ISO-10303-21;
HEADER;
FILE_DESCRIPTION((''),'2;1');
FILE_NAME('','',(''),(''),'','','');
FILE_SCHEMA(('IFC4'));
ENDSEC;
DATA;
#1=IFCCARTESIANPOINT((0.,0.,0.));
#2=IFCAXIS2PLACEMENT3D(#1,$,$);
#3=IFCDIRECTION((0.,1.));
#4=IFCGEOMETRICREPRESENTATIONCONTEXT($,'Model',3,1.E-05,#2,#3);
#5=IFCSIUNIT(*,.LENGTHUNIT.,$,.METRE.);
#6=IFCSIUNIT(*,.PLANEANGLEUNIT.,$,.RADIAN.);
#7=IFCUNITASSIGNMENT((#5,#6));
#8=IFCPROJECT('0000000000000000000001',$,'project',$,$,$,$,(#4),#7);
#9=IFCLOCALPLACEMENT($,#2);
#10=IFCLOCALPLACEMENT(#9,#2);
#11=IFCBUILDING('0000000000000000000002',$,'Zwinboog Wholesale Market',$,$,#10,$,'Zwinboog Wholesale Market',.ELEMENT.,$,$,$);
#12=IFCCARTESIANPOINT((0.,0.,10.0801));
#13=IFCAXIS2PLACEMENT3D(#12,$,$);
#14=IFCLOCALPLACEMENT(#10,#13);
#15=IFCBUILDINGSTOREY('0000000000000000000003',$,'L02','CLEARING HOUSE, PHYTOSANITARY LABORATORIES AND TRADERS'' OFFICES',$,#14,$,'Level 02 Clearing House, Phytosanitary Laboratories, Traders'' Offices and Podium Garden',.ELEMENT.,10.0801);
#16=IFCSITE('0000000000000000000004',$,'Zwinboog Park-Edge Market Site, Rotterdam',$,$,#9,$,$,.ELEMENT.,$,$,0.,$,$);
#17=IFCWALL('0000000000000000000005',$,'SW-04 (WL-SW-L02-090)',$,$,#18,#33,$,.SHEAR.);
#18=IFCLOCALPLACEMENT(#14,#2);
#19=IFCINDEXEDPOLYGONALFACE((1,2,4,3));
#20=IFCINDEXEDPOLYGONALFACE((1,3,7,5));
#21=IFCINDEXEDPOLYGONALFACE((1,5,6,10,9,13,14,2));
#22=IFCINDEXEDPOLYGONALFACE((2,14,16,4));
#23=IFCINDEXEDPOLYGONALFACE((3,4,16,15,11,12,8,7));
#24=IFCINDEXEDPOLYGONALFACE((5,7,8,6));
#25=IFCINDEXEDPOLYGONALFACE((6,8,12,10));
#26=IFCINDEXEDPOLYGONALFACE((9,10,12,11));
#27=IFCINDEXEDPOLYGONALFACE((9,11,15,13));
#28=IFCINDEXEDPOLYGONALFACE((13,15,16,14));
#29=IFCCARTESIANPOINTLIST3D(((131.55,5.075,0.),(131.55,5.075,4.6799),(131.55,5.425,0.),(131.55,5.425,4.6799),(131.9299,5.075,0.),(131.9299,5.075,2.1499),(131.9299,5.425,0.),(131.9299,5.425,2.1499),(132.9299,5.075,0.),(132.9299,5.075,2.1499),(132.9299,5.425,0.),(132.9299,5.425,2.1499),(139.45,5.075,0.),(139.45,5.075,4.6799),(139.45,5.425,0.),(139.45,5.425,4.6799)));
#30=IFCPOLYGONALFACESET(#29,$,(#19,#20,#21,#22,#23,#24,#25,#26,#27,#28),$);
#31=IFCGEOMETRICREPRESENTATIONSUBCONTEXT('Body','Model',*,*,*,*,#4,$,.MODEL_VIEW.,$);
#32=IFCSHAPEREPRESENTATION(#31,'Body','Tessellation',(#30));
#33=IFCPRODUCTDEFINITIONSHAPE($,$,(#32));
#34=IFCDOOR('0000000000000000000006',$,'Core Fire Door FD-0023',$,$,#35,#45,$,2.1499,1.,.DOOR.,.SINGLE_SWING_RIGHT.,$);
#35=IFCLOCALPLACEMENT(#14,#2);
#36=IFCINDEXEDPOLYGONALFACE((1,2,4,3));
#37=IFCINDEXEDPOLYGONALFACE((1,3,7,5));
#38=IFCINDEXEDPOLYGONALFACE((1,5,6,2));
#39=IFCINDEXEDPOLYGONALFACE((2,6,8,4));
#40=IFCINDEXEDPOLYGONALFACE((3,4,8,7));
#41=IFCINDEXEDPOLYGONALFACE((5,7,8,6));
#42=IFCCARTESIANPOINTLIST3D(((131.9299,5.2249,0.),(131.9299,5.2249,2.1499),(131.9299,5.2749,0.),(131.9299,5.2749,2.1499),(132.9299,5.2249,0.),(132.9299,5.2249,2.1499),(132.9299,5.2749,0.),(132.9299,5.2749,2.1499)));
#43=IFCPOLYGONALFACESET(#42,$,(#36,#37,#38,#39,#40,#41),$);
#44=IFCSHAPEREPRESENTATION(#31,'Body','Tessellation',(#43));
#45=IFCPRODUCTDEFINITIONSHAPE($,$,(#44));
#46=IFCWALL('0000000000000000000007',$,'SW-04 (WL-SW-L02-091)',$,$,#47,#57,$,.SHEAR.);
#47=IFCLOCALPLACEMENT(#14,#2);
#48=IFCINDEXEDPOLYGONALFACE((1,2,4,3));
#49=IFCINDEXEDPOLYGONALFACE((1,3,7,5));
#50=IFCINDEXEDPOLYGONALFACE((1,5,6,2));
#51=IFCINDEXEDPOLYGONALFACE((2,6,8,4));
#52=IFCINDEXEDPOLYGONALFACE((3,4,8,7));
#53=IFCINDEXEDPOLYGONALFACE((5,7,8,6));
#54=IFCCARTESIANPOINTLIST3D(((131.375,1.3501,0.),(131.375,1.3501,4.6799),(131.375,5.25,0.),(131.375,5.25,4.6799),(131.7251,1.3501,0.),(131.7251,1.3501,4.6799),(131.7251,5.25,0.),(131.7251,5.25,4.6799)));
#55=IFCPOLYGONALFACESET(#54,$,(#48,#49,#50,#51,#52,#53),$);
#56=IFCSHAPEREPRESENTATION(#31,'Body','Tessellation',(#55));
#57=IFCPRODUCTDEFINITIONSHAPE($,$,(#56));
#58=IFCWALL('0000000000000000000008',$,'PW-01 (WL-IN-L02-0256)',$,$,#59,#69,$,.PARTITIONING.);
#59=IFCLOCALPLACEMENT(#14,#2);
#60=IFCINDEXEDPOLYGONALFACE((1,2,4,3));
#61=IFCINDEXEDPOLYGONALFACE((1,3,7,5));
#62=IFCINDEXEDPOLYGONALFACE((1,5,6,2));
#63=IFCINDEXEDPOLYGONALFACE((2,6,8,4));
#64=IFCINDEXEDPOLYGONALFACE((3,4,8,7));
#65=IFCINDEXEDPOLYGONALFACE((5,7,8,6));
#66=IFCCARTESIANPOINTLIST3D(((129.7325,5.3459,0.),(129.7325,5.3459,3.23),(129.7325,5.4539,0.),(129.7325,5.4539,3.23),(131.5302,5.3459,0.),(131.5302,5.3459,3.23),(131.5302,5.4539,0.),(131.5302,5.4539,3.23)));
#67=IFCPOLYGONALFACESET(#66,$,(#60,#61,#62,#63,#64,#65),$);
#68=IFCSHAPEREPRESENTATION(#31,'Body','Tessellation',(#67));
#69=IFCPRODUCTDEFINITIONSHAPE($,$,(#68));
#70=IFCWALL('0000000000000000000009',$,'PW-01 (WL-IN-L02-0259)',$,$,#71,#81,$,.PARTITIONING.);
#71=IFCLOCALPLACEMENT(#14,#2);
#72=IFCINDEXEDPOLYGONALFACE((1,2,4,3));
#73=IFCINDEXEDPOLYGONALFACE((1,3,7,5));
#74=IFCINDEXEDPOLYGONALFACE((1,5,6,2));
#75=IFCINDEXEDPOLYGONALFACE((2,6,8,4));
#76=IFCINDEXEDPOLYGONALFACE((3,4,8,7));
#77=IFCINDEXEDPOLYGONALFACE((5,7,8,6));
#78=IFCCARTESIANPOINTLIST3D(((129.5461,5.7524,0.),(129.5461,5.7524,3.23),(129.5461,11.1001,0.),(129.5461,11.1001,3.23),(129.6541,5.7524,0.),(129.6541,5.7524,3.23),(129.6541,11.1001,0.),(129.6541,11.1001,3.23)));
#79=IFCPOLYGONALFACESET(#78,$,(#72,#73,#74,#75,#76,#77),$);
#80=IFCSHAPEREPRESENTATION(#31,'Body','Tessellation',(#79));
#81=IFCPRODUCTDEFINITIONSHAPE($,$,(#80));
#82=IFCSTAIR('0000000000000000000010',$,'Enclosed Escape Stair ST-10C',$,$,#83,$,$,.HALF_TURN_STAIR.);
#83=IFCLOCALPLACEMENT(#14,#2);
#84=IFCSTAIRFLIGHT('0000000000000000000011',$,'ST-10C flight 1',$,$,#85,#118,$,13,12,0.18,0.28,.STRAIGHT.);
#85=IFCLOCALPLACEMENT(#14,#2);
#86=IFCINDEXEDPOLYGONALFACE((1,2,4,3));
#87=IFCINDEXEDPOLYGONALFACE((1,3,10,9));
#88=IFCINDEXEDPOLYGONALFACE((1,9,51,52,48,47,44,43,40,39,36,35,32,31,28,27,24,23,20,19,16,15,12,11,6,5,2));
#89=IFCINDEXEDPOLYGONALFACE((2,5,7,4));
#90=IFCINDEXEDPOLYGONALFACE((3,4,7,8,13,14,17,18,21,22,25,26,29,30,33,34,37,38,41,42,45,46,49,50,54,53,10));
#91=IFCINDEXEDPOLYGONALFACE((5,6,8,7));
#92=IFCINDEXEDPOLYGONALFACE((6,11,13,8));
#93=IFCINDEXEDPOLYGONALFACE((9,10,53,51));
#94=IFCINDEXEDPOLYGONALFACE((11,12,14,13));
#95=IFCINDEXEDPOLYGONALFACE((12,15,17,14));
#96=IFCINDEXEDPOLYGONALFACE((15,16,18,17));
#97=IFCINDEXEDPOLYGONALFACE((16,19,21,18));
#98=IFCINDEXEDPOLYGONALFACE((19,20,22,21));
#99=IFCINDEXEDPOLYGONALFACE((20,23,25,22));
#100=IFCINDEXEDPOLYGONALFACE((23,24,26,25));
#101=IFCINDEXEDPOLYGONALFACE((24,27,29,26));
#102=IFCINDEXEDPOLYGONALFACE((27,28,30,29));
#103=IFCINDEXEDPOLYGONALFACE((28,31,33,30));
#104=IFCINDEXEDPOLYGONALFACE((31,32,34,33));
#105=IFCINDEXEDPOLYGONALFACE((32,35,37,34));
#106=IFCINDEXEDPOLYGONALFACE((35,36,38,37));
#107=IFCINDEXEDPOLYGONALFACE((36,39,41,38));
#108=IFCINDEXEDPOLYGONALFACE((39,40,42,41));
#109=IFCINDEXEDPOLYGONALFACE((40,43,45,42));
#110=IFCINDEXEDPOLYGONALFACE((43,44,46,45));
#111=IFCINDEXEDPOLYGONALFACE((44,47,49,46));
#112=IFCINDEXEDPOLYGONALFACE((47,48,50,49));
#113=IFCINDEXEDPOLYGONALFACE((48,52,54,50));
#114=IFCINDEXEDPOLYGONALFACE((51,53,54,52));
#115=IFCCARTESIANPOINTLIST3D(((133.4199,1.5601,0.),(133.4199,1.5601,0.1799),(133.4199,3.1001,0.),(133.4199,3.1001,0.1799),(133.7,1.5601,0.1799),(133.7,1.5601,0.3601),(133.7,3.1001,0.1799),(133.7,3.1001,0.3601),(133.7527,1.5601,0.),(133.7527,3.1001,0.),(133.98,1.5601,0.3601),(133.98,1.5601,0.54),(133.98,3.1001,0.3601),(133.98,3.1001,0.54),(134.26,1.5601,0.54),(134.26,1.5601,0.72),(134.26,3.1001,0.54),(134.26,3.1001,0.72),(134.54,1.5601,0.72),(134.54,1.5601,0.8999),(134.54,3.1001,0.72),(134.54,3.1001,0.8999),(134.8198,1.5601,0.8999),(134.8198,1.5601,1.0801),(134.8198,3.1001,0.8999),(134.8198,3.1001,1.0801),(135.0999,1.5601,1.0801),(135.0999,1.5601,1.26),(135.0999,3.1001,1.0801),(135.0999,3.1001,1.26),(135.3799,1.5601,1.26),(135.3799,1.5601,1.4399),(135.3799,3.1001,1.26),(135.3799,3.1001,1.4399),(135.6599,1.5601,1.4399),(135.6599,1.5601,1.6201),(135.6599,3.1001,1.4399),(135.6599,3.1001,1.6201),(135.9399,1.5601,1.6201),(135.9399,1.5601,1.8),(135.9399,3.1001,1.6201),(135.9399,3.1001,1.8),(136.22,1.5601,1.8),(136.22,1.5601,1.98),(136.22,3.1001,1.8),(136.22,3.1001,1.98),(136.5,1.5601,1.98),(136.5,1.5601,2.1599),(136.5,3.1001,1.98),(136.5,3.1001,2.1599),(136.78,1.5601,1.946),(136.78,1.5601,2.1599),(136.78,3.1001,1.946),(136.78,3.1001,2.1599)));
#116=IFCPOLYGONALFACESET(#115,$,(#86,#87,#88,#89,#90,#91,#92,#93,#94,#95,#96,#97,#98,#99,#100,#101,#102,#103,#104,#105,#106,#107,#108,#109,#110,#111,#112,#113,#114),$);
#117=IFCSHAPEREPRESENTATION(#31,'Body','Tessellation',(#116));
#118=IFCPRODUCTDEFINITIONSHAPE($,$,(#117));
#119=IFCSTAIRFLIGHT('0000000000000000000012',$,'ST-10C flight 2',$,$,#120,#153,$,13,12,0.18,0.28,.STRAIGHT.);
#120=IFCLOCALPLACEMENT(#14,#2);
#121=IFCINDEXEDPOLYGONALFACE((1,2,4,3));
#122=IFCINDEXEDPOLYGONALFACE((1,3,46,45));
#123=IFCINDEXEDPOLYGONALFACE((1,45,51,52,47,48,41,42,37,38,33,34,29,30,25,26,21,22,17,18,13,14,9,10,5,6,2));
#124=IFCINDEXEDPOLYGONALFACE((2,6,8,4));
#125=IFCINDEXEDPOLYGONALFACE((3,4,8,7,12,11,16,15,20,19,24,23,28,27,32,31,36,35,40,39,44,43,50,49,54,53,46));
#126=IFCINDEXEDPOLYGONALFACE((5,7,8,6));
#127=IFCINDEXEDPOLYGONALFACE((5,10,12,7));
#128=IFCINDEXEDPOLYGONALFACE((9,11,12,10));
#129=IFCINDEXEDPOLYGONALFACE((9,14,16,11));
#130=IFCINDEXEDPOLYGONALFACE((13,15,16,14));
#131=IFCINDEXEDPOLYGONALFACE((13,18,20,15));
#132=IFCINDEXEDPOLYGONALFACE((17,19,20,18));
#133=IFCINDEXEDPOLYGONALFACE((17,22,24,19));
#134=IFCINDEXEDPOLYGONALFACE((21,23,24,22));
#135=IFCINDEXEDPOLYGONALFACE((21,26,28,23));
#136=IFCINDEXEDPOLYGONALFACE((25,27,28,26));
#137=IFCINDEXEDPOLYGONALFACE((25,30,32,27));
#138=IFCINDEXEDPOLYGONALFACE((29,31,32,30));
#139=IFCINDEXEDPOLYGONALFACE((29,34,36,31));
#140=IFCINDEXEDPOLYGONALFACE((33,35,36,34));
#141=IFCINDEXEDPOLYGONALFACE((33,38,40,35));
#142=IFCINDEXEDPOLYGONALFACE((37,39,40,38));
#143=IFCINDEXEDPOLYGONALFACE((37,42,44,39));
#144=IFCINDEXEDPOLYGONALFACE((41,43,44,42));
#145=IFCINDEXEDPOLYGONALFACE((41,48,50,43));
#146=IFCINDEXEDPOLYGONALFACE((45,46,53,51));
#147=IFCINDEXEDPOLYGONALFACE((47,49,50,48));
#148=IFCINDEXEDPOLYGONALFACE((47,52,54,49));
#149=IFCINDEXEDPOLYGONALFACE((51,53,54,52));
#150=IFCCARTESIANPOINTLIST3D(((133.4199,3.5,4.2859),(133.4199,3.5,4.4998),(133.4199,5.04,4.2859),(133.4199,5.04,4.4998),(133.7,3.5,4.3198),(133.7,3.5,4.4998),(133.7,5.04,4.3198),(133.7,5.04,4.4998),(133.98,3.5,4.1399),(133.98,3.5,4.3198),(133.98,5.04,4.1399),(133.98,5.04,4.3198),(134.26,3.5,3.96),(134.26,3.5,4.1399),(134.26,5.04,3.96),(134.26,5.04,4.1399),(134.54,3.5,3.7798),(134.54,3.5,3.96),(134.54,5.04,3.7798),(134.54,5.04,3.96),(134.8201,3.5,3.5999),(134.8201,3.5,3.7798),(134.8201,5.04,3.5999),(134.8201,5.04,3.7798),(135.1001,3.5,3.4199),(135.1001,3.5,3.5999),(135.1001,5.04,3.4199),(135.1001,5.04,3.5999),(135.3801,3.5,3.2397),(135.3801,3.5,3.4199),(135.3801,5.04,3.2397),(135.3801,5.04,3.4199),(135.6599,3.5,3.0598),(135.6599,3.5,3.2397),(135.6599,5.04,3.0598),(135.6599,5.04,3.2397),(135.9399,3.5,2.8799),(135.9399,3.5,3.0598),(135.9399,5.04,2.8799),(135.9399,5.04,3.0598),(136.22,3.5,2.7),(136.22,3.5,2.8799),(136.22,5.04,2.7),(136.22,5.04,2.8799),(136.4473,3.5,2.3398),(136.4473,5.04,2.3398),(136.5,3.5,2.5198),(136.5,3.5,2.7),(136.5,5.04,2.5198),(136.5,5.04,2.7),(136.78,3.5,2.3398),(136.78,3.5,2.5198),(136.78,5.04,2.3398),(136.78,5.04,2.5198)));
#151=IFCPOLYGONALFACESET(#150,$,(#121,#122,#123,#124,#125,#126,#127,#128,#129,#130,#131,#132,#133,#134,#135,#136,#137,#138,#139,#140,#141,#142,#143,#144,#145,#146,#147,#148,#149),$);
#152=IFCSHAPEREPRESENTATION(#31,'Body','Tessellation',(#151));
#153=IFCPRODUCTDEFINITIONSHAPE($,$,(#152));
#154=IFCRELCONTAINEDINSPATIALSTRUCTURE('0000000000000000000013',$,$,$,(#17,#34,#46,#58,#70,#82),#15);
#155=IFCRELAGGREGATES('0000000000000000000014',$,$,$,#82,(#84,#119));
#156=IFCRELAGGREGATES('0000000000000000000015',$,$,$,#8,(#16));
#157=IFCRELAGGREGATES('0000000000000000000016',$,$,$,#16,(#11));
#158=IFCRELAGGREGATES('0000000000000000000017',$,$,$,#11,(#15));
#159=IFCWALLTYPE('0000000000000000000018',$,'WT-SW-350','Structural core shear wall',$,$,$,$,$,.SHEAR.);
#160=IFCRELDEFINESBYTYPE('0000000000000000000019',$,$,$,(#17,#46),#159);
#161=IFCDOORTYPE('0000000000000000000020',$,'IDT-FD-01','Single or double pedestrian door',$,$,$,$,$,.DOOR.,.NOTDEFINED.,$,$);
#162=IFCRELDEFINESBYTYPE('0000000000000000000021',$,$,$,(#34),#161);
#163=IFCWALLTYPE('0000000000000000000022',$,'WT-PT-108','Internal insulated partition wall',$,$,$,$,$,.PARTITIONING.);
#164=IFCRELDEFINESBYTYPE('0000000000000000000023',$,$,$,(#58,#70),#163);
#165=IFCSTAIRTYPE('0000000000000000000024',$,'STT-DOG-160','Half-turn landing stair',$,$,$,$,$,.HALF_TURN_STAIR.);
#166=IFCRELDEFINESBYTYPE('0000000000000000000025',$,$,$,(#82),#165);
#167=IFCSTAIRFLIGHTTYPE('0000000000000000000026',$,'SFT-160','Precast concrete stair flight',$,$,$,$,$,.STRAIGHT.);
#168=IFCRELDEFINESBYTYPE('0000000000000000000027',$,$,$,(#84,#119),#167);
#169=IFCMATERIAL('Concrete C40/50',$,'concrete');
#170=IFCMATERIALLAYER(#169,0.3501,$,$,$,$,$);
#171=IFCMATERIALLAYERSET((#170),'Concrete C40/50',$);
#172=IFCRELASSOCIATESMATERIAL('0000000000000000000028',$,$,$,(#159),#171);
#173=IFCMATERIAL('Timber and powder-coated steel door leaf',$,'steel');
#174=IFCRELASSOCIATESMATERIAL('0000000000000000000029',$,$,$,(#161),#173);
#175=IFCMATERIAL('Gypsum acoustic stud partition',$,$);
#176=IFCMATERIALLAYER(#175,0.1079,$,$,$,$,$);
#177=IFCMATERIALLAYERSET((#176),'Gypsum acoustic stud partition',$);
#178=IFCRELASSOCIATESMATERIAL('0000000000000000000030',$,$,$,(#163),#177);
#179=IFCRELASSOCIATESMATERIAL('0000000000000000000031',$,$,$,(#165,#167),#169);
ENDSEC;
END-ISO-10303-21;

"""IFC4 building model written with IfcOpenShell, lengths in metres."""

from ifc_helpers import new_model, si_unit, direction, frame, frame_2d, origin, place, context, subcontext, project, spatial, polyline, rectangle, outline, extrude, material, layer, layer_set, type_object, element, fill, aggregate, save


model = new_model("IFC4")

# Units and contexts
model_context = context("Model", 3, precision=1e-05, world=origin(), true_north=direction((0.0, 1.0)))
body_context = subcontext(model_context, "Body", "Model", "MODEL_VIEW")
ifc_project = project(units=[si_unit("LENGTHUNIT", "METRE"), si_unit("PLANEANGLEUNIT", "RADIAN")], contexts=[model_context])

# Site, building, storey
site_placement = place(None, origin())
site = spatial("IfcSite", under=ifc_project, at=site_placement, Name="Zwinboog Park-Edge Market Site, Rotterdam", CompositionType="ELEMENT", RefElevation=0.0)
building_placement = place(site_placement, origin())
building = spatial("IfcBuilding", under=site, at=building_placement, Name="Zwinboog Wholesale Market", LongName="Zwinboog Wholesale Market", CompositionType="ELEMENT")
storey_placement = place(building_placement, frame((0.0, 0.0, 10.0801)))
storey = spatial("IfcBuildingStorey", under=building, at=storey_placement, Name="L02", Description="CLEARING HOUSE, PHYTOSANITARY LABORATORIES AND TRADERS' OFFICES", LongName="Level 02 Clearing House, Phytosanitary Laboratories, Traders' Offices and Podium Garden", CompositionType="ELEMENT", Elevation=10.0801)

# Shared definitions
ifc_material_1 = material(Name="Concrete C40/50", Category="concrete")
ifc_layer_1 = layer(ifc_material_1, 0.3501)
ifc_layer_set_1 = layer_set([ifc_layer_1], Name="Concrete C40/50")
wall_type_1 = type_object("IfcWallType", Name="WT-SW-350", Description="Structural core shear wall", PredefinedType="SHEAR", material=ifc_layer_set_1)

# Wall, opening, door
wall_1_placement = place(storey_placement, frame((131.55, 5.25, 0.0), z_axis=(0.0, 0.0, 1.0), x_axis=(1.0, 0.0, 0.0)))
wall_1 = element("IfcWall", 1, at=wall_1_placement, inside=storey, type_object=wall_type_1, Name="SW-04 (WL-SW-L02-090)", PredefinedType="SHEAR", context=body_context, shape_type="SweptSolid", body=[
    extrude(rectangle(XDim=7.8999, YDim=0.3501, at=frame_2d((3.95, 0.0))), origin(), (0.0, 0.0, 1.0), 4.6799),
])
opening_1_placement = place(wall_1_placement, frame((0.3799, 0.0, 0.0)))
opening_1 = element("IfcOpeningElement", 2, at=opening_1_placement, cuts=wall_1, PredefinedType="OPENING", context=body_context, shape_type="SweptSolid", body=[
    extrude(rectangle(XDim=1.0, YDim=2.1499, at=frame_2d((0.5, 1.075))), frame((0.0, 0.1851, 0.0), z_axis=(0.0, -1.0, 0.0), x_axis=(1.0, 0.0, 0.0)), (0.0, 0.0, 1.0), 0.3701),
])
ifc_material_2 = material(Name="Timber and powder-coated steel door leaf", Category="steel")
door_type = type_object("IfcDoorType", Name="IDT-FD-01", Description="Single or double pedestrian door", OperationType="NOTDEFINED", PredefinedType="DOOR", material=ifc_material_2)
door_placement = place(opening_1_placement, origin())
door = element("IfcDoor", 3, at=door_placement, inside=storey, type_object=door_type, Name="Core Fire Door FD-0023", OperationType="SINGLE_SWING_RIGHT", OverallHeight=2.1499, OverallWidth=1.0, PredefinedType="DOOR", context=body_context, shape_type="SweptSolid", body=[
    extrude(rectangle(XDim=1.0, YDim=2.1499, at=frame_2d((0.5, 1.075))), frame((0.0, 0.0249, 0.0), z_axis=(0.0, -1.0, 0.0), x_axis=(1.0, 0.0, 0.0)), (0.0, 0.0, 1.0), 0.05),
])
fill(opening_1, door)

# Walls
wall_2_placement = place(storey_placement, frame((131.55, 1.3501, 0.0), z_axis=(0.0, 0.0, 1.0), x_axis=(0.0, 1.0, 0.0)))
element("IfcWall", 4, at=wall_2_placement, inside=storey, type_object=wall_type_1, Name="SW-04 (WL-SW-L02-091)", PredefinedType="SHEAR", context=body_context, shape_type="SweptSolid", body=[
    extrude(rectangle(XDim=3.8999, YDim=0.3501, at=frame_2d((1.95, 0.0))), origin(), (0.0, 0.0, 1.0), 4.6799),
])
ifc_material_3 = material(Name="Gypsum acoustic stud partition")
ifc_layer_2 = layer(ifc_material_3, 0.1079)
ifc_layer_set_2 = layer_set([ifc_layer_2], Name="Gypsum acoustic stud partition")
wall_type_2 = type_object("IfcWallType", Name="WT-PT-108", Description="Internal insulated partition wall", PredefinedType="PARTITIONING", material=ifc_layer_set_2)
wall_3_placement = place(storey_placement, frame((129.7324, 5.3999, 0.0), z_axis=(0.0, 0.0, 1.0), x_axis=(1.0, 0.0, 0.0)))
element("IfcWall", 5, at=wall_3_placement, inside=storey, type_object=wall_type_2, Name="PW-01 (WL-IN-L02-0256)", PredefinedType="PARTITIONING", context=body_context, shape_type="SweptSolid", body=[
    extrude(rectangle(XDim=1.7976, YDim=0.1079, at=frame_2d((0.8989, 0.0))), origin(), (0.0, 0.0, 1.0), 3.23),
])
wall_4_placement = place(storey_placement, frame((129.6001, 5.7524, 0.0), z_axis=(0.0, 0.0, 1.0), x_axis=(0.0, 1.0, 0.0)))
element("IfcWall", 6, at=wall_4_placement, inside=storey, type_object=wall_type_2, Name="PW-01 (WL-IN-L02-0259)", PredefinedType="PARTITIONING", context=body_context, shape_type="SweptSolid", body=[
    extrude(rectangle(XDim=5.3477, YDim=0.1079, at=frame_2d((2.6738, 0.0))), origin(), (0.0, 0.0, 1.0), 3.23),
])

# Stair, stair flights
stair_type = type_object("IfcStairType", Name="STT-DOG-160", Description="Half-turn landing stair", PredefinedType="HALF_TURN_STAIR", material=ifc_material_1)
stair_placement = place(storey_placement, origin())
stair = element("IfcStair", 7, at=stair_placement, inside=storey, type_object=stair_type, Name="Enclosed Escape Stair ST-10C", PredefinedType="HALF_TURN_STAIR")
stair_flight_type = type_object("IfcStairFlightType", Name="SFT-160", Description="Precast concrete stair flight", PredefinedType="STRAIGHT", material=ifc_material_1)
stair_flight_1_placement = place(storey_placement, frame((133.4199, 2.3301, 0.0), z_axis=(0.0, 0.0, 1.0), x_axis=(1.0, 0.0, 0.0)))
stair_flight_1 = element("IfcStairFlight", 8, at=stair_flight_1_placement, type_object=stair_flight_type, Name="ST-10C flight 1", NumberOfRisers=13, NumberOfTreads=12, PredefinedType="STRAIGHT", RiserHeight=0.18, TreadLength=0.28, context=body_context, shape_type="SweptSolid", body=[
    extrude(outline(polyline([(0.0, 0.0), (0.0, 0.1799), (0.28, 0.1799), (0.28, 0.3601), (0.5601, 0.3601), (0.5601, 0.54), (0.8401, 0.54), (0.8401, 0.72), (1.1201, 0.72), (1.1201, 0.8999), (1.3999, 0.8999), (1.3999, 1.0801), (1.6799, 1.0801), (1.6799, 1.26), (1.96, 1.26), (1.96, 1.4399), (2.24, 1.4399), (2.24, 1.6201), (2.52, 1.6201), (2.52, 1.8), (2.8, 1.8), (2.8, 1.98), (3.0801, 1.98), (3.0801, 2.1599), (3.3601, 2.1599), (3.3601, 2.3401), (3.3601, 1.946), (0.3328, 0.0), (0.0, 0.0)])), frame((0.0, 0.77, 0.0), z_axis=(0.0, -1.0, 0.0), x_axis=(1.0, 0.0, 0.0)), (0.0, 0.0, 1.0), 1.54),
])
stair_flight_2_placement = place(storey_placement, frame((136.78, 4.27, 2.3398), z_axis=(0.0, 0.0, 1.0), x_axis=(-1.0, 0.0, 0.0)))
stair_flight_2 = element("IfcStairFlight", 9, at=stair_flight_2_placement, type_object=stair_flight_type, Name="ST-10C flight 2", NumberOfRisers=13, NumberOfTreads=12, PredefinedType="STRAIGHT", RiserHeight=0.18, TreadLength=0.28, context=body_context, shape_type="SweptSolid", body=[
    extrude(outline(polyline([(0.0, 0.0), (0.0, 0.1799), (0.28, 0.1799), (0.28, 0.3601), (0.5601, 0.3601), (0.5601, 0.54), (0.8401, 0.54), (0.8401, 0.72), (1.1201, 0.72), (1.1201, 0.8999), (1.3999, 0.8999), (1.3999, 1.0801), (1.6799, 1.0801), (1.6799, 1.26), (1.96, 1.26), (1.96, 1.4399), (2.24, 1.4399), (2.24, 1.6201), (2.52, 1.6201), (2.52, 1.8), (2.8, 1.8), (2.8, 1.98), (3.0801, 1.98), (3.0801, 2.1599), (3.3601, 2.1599), (3.3601, 2.3401), (3.3601, 1.946), (0.3328, 0.0), (0.0, 0.0)])), frame((0.0, 0.77, 0.0), z_axis=(0.0, -1.0, 0.0), x_axis=(1.0, 0.0, 0.0)), (0.0, 0.0, 1.0), 1.54),
])
aggregate(stair, [stair_flight_1, stair_flight_2])

save(model, "model.ifc")
